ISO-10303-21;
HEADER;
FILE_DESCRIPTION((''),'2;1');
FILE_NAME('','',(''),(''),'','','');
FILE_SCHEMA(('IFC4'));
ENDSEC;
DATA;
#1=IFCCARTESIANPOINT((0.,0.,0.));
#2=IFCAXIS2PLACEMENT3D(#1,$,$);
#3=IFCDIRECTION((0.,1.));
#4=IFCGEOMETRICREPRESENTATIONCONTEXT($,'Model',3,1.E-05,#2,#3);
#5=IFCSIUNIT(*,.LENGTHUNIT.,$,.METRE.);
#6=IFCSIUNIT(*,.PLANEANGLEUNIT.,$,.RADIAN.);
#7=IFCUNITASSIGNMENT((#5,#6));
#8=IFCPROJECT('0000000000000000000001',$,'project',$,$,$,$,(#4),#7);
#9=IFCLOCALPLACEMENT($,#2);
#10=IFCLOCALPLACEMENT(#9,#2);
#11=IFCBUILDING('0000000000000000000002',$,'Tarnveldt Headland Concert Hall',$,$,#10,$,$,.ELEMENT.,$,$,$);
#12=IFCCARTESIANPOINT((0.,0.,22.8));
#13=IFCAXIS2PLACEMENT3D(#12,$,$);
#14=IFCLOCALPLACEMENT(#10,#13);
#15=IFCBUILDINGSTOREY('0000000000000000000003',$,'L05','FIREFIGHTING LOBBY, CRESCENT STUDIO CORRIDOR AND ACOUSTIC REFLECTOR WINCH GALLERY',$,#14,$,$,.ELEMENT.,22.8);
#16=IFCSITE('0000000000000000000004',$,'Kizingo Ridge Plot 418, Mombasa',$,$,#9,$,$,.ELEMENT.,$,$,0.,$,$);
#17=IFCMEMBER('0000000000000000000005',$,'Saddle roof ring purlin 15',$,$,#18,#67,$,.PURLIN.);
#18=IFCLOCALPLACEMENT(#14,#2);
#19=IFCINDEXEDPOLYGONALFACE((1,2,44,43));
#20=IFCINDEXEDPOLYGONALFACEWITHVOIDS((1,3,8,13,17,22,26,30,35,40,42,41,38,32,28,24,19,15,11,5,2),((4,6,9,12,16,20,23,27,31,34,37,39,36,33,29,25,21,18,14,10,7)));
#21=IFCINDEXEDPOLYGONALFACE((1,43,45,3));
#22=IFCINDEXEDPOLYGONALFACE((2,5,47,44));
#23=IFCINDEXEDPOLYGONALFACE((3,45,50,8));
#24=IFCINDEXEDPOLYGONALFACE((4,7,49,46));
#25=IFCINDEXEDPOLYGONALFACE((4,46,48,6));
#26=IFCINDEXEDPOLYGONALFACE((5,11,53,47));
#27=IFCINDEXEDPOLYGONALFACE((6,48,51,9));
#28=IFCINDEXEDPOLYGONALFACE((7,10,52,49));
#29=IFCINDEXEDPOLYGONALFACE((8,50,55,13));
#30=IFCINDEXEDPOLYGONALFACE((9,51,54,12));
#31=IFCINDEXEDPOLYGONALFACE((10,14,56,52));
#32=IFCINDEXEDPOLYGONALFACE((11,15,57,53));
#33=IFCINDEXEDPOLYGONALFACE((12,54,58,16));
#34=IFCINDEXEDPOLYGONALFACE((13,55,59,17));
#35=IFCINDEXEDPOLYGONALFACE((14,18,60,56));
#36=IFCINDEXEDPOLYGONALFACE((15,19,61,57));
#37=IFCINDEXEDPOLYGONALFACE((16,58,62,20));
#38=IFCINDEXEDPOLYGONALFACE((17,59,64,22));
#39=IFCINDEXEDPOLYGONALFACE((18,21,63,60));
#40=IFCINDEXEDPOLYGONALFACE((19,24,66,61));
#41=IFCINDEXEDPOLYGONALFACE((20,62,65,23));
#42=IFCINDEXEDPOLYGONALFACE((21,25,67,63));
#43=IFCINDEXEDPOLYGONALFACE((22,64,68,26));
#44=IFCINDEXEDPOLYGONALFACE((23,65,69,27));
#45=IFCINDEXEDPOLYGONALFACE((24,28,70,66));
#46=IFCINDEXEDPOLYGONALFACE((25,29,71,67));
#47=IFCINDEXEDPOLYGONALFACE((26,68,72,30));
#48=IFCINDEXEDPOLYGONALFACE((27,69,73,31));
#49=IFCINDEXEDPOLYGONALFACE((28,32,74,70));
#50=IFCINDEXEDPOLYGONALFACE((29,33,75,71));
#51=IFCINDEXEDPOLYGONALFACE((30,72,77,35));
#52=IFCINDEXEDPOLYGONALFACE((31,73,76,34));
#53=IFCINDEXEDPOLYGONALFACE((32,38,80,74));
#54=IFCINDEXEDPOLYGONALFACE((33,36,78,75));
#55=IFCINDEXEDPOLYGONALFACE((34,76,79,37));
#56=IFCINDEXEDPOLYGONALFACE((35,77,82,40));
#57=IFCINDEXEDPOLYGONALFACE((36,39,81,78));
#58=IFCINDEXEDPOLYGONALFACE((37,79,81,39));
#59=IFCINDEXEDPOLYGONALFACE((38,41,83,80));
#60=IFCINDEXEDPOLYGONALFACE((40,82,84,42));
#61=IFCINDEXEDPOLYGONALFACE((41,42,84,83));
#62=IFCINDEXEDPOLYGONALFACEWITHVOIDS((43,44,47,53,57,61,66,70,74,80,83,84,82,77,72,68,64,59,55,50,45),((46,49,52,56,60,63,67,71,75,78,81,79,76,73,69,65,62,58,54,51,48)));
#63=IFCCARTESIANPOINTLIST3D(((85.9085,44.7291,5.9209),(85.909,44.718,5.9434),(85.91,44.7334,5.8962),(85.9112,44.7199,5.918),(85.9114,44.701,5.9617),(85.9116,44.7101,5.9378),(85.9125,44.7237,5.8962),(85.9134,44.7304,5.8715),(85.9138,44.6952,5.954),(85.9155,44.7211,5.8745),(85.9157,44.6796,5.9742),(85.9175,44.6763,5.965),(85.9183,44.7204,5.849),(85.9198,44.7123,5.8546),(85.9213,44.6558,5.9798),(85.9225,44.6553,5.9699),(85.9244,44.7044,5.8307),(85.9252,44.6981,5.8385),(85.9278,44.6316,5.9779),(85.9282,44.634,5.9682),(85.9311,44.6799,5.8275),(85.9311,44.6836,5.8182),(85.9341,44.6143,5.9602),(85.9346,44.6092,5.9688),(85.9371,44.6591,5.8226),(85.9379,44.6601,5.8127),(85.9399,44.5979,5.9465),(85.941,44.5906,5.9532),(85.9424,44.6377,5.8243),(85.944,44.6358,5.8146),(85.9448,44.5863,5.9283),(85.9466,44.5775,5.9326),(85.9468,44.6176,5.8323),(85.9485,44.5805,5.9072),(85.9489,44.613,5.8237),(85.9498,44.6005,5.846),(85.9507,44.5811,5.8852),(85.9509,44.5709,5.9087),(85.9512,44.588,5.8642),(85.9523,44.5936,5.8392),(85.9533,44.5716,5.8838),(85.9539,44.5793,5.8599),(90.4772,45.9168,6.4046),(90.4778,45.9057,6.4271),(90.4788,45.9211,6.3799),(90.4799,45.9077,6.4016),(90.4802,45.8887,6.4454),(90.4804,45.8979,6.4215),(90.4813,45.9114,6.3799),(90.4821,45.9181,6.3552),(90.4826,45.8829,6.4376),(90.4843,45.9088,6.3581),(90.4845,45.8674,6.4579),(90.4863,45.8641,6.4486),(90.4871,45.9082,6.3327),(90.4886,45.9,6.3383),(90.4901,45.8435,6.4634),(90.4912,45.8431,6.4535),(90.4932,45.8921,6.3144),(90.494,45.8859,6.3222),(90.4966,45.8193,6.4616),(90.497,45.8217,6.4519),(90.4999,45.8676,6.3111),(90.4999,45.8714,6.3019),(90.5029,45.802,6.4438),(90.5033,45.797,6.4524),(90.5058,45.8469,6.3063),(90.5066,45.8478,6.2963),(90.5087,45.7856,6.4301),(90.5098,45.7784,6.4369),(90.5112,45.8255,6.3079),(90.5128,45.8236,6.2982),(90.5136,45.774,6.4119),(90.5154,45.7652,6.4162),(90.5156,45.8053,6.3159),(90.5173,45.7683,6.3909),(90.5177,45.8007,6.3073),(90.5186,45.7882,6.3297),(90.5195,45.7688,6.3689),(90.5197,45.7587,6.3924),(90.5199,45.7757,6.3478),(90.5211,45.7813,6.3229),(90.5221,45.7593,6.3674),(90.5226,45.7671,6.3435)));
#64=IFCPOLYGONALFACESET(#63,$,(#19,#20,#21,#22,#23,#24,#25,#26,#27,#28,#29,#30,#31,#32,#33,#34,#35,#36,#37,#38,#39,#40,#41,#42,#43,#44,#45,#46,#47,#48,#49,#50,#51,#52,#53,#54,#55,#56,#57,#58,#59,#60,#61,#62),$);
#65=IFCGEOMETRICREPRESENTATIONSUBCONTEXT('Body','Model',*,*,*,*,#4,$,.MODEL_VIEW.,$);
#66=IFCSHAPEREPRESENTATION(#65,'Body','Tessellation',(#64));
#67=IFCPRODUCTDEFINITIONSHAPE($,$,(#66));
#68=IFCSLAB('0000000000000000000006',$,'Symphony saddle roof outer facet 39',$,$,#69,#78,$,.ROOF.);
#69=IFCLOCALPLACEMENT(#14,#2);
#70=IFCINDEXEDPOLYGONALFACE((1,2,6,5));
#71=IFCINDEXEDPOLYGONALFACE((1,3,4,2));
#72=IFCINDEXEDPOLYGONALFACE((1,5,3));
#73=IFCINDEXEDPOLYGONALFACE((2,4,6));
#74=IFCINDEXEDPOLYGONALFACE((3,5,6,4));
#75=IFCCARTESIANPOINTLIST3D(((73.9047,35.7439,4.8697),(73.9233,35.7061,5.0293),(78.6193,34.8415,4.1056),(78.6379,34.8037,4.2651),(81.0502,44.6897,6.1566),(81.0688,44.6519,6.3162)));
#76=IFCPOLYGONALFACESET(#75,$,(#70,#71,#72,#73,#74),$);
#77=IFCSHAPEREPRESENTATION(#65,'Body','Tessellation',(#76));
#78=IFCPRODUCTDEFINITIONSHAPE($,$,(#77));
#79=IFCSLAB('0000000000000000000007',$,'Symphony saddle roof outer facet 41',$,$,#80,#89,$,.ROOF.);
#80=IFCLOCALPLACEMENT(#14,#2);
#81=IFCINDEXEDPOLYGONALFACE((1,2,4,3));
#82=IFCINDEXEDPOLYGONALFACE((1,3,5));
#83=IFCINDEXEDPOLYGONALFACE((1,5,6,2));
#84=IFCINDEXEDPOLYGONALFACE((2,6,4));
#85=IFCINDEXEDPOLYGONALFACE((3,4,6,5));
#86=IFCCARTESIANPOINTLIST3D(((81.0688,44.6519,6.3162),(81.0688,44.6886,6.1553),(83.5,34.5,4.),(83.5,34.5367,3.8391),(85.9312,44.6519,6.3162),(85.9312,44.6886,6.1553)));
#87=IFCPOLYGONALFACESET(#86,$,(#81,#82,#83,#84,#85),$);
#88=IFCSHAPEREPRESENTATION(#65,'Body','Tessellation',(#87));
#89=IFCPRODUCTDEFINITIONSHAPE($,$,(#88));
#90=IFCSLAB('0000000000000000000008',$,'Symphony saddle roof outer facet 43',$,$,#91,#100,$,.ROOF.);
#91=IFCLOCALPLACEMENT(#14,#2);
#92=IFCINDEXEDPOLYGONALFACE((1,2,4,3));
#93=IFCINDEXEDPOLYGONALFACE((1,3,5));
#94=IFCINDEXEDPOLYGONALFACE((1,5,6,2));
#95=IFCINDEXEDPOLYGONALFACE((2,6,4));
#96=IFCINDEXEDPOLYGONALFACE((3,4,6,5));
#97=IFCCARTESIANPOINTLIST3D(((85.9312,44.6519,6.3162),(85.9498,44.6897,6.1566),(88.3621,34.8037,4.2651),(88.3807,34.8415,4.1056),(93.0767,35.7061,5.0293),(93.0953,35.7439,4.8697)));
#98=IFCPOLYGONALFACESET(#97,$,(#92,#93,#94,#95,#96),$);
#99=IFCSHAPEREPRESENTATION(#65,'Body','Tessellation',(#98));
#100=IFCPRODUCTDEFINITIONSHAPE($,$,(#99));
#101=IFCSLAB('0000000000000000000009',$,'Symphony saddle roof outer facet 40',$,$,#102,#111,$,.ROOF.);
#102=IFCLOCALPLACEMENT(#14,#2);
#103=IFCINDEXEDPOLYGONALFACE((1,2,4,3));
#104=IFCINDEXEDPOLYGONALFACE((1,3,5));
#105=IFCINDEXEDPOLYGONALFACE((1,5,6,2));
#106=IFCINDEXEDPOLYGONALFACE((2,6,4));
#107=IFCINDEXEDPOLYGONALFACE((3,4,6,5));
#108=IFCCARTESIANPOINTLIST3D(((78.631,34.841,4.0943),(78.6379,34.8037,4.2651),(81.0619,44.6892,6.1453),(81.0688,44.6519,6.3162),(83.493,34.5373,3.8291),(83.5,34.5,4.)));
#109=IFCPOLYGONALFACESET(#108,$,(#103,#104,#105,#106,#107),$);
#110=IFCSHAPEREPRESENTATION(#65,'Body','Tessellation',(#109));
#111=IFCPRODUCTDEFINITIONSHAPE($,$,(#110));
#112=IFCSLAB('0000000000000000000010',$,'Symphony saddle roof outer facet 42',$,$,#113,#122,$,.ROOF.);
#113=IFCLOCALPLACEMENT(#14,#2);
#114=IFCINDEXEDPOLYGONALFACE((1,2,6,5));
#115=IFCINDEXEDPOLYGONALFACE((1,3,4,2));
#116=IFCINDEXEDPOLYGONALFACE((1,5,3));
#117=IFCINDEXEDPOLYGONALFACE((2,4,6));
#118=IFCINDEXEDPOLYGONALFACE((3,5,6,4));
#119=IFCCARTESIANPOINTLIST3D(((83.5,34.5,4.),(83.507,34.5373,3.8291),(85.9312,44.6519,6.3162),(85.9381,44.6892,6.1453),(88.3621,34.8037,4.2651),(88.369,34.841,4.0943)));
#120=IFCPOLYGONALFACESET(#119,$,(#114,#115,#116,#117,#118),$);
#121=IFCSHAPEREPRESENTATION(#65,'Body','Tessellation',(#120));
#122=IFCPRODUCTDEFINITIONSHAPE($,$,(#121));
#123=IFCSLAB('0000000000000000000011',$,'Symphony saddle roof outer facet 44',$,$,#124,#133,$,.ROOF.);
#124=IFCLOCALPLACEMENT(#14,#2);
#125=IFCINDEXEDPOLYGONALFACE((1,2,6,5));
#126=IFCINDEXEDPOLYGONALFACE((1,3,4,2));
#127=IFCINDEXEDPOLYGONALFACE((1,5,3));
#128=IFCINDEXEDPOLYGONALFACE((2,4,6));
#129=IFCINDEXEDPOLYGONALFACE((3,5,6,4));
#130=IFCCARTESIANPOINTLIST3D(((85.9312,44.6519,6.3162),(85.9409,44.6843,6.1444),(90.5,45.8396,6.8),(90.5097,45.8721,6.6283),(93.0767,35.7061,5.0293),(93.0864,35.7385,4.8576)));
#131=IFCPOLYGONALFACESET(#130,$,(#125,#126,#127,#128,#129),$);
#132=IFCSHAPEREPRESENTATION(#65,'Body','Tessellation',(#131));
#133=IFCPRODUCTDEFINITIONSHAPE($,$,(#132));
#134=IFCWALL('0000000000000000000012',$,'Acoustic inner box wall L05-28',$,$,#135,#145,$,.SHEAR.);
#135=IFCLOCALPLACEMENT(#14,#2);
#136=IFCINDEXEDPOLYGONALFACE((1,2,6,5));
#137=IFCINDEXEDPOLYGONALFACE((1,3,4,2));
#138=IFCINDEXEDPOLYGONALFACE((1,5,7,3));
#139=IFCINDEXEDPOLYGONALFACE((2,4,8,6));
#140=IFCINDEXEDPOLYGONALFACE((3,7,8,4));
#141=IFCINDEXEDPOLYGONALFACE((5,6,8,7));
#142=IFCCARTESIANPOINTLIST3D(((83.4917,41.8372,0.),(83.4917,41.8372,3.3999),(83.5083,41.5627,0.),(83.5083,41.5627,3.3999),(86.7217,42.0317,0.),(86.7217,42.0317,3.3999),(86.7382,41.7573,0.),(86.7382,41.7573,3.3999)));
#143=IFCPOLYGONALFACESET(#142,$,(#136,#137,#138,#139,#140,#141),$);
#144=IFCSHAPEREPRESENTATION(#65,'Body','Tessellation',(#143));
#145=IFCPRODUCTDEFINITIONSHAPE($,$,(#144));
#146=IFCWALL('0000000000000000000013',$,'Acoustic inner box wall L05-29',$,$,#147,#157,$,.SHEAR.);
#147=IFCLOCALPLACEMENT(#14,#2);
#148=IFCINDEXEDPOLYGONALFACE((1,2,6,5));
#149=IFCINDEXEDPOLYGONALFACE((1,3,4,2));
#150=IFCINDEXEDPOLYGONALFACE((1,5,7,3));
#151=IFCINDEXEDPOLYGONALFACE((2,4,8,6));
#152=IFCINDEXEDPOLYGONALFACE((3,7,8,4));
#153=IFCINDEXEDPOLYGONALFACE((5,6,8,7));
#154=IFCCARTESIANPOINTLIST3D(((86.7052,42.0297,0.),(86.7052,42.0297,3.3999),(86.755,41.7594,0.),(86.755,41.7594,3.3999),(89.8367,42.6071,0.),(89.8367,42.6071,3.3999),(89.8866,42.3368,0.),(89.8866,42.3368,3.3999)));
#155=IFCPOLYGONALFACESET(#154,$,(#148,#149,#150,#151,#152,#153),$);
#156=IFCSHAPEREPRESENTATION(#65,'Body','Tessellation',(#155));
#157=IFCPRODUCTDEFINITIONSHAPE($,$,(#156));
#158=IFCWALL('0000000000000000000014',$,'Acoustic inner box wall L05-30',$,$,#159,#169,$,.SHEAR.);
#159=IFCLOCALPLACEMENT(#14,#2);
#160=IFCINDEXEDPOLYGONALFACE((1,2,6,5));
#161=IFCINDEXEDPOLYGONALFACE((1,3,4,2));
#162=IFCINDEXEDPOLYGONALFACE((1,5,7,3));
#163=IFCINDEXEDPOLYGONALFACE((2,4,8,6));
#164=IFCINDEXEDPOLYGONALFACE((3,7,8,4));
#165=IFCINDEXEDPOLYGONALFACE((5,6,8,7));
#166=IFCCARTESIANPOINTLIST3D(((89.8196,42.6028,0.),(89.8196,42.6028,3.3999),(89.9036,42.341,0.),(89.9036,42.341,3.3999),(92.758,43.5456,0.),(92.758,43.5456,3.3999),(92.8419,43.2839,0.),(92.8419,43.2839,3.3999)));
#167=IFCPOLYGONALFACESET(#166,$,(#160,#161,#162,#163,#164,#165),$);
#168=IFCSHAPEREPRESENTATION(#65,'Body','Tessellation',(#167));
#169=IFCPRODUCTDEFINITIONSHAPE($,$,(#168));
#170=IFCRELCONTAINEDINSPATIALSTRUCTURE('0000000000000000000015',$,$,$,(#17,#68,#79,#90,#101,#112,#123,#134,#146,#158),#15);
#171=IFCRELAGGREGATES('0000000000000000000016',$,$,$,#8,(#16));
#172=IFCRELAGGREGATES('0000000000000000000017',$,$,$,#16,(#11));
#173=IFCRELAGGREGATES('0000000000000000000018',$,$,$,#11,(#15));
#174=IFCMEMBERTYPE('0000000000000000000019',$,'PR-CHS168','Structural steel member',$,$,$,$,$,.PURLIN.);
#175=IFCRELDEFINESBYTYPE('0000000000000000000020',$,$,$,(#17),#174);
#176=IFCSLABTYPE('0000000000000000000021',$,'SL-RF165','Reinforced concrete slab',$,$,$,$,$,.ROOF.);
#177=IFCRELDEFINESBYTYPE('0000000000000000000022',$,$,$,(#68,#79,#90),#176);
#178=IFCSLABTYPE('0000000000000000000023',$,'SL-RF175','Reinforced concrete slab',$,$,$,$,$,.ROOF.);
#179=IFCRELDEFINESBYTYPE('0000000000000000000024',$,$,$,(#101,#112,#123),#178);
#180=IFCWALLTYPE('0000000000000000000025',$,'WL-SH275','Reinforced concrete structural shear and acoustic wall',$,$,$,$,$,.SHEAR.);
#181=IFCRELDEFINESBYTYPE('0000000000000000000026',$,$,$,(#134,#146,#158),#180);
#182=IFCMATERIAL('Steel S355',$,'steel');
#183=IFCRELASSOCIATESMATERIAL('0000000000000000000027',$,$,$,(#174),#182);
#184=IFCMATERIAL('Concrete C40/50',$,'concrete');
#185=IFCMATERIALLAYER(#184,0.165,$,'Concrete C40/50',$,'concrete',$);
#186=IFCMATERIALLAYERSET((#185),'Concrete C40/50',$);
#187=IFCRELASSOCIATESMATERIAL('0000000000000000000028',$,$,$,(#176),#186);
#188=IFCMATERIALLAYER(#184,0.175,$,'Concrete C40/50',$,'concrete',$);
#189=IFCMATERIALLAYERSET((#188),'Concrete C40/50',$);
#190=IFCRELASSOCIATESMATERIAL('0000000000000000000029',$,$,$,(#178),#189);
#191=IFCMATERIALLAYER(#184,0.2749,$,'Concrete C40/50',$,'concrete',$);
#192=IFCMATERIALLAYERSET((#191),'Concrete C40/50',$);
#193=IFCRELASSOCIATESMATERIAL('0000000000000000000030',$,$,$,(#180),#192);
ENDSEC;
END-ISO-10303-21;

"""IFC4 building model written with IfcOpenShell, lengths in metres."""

from ifc_helpers import new_model, si_unit, direction, frame, frame_2d, origin, origin_2d, place, context, subcontext, project, spatial, polyline, rectangle, hollow_circle, outline, extrude, material, layer, layer_set, material_profile, profile_set, type_object, element, save


model = new_model("IFC4")

# Units and contexts
model_context = context("Model", 3, precision=1e-05, world=origin(), true_north=direction((0.0, 1.0)))
body_context = subcontext(model_context, "Body", "Model", "MODEL_VIEW")
ifc_project = project(units=[si_unit("LENGTHUNIT", "METRE"), si_unit("PLANEANGLEUNIT", "RADIAN")], contexts=[model_context])

# Site, building, storey
site_placement = place(None, origin())
site = spatial("IfcSite", under=ifc_project, at=site_placement, Name="Kizingo Ridge Plot 418, Mombasa", CompositionType="ELEMENT", RefElevation=0.0)
building_placement = place(site_placement, origin())
building = spatial("IfcBuilding", under=site, at=building_placement, Name="Tarnveldt Headland Concert Hall", CompositionType="ELEMENT")
storey_placement = place(building_placement, frame((0.0, 0.0, 22.8)))
storey = spatial("IfcBuildingStorey", under=building, at=storey_placement, Name="L05", Description="FIREFIGHTING LOBBY, CRESCENT STUDIO CORRIDOR AND ACOUSTIC REFLECTOR WINCH GALLERY", CompositionType="ELEMENT", Elevation=22.8)

# Shared definitions
ifc_material_1 = material(Name="Concrete C40/50", Category="concrete")

# Member
ifc_material_2 = material(Name="Steel S355", Category="steel")
ifc_material_profile_1 = material_profile(ifc_material_2, hollow_circle(Radius=0.0842, WallThickness=0.01, at=origin_2d()), Name="CHS 168.3x10", Category="steel")
ifc_profile_set_1 = profile_set([ifc_material_profile_1], Name="Steel S355")
member_type_1 = type_object("IfcMemberType", Name="PR-CHS168", Description="Structural steel member", PredefinedType="PURLIN", material=ifc_profile_set_1)
member_1_placement = place(storey_placement, frame((85.9312, 44.6519, 5.8962), z_axis=(0.962791, 0.250293, 0.101918), x_axis=(-0.251603, 0.967831, 0.0)))
element("IfcMember", 1, at=member_1_placement, inside=storey, type_object=member_type_1, Name="Saddle roof ring purlin 15", PredefinedType="PURLIN", context=body_context, shape_type="SweptSolid", body=[
    extrude(hollow_circle(Radius=0.0842, WallThickness=0.01, at=origin_2d()), origin(), (0.0, 0.0, 1.0), 4.7454),
])

# Slabs
ifc_layer_1 = layer(ifc_material_1, 0.165, Name="Concrete C40/50", Category="concrete")
ifc_layer_set_1 = layer_set([ifc_layer_1], Name="Concrete C40/50")
slab_type_1 = type_object("IfcSlabType", Name="SL-RF165", Description="Reinforced concrete slab", PredefinedType="ROOF", material=ifc_layer_set_1)
slab_1_placement = place(storey_placement, frame((81.0688, 44.6519, 6.3162), z_axis=(0.112836, -0.229206, 0.966816), x_axis=(-0.620197, -0.776454, -0.111694)))
element("IfcSlab", 2, at=slab_1_placement, inside=storey, type_object=slab_type_1, Name="Symphony saddle roof outer facet 39", PredefinedType="ROOF", context=body_context, shape_type="SweptSolid", body=[
    extrude(outline(polyline([(0.0, 0.0), (11.5214, 0.0), (9.3834, 4.3652), (0.0, 0.0)])), origin(), (0.0, 0.0, -1.0), 0.165),
])
slab_2_placement = place(storey_placement, frame((81.0688, 44.6519, 6.3162), z_axis=(0.0, -0.222436, 0.974947), x_axis=(0.227364, -0.949413, -0.21661)))
element("IfcSlab", 3, at=slab_2_placement, inside=storey, type_object=slab_type_1, Name="Symphony saddle roof outer facet 41", PredefinedType="ROOF", context=body_context, shape_type="SweptSolid", body=[
    extrude(outline(polyline([(0.0, 0.0), (10.6928, 0.0), (1.1055, 4.735), (0.0, 0.0)])), origin(), (0.0, 0.0, -1.0), 0.165),
])
slab_3_placement = place(storey_placement, frame((85.9312, 44.6519, 6.3162), z_axis=(-0.112836, -0.229206, 0.966816), x_axis=(0.234893, -0.951603, -0.198186)))
element("IfcSlab", 4, at=slab_3_placement, inside=storey, type_object=slab_type_1, Name="Symphony saddle roof outer facet 43", PredefinedType="ROOF", context=body_context, shape_type="SweptSolid", body=[
    extrude(outline(polyline([(0.0, 0.0), (10.349, 0.0), (10.4463, 4.8596), (0.0, 0.0)])), origin(), (0.0, 0.0, -1.0), 0.165),
])
ifc_layer_2 = layer(ifc_material_1, 0.175, Name="Concrete C40/50", Category="concrete")
ifc_layer_set_2 = layer_set([ifc_layer_2], Name="Concrete C40/50")
slab_type_2 = type_object("IfcSlabType", Name="SL-RF175", Description="Reinforced concrete slab", PredefinedType="ROOF", material=ifc_layer_set_2)
slab_4_placement = place(storey_placement, frame((81.0688, 44.6519, 6.3162), z_axis=(0.039919, -0.213162, 0.976201), x_axis=(-0.234893, -0.951603, -0.198186)))
element("IfcSlab", 5, at=slab_4_placement, inside=storey, type_object=slab_type_2, Name="Symphony saddle roof outer facet 40", PredefinedType="ROOF", context=body_context, shape_type="SweptSolid", body=[
    extrude(outline(polyline([(0.0, 0.0), (10.349, 0.0), (9.5485, 4.8126), (0.0, 0.0)])), origin(), (0.0, 0.0, -1.0), 0.175),
])
slab_5_placement = place(storey_placement, frame((85.9312, 44.6519, 6.3162), z_axis=(-0.039919, -0.213162, 0.976201), x_axis=(-0.227364, -0.949413, -0.21661)))
element("IfcSlab", 6, at=slab_5_placement, inside=storey, type_object=slab_type_2, Name="Symphony saddle roof outer facet 42", PredefinedType="ROOF", context=body_context, shape_type="SweptSolid", body=[
    extrude(outline(polyline([(0.0, 0.0), (10.6928, 0.0), (9.2415, 4.6579), (0.0, 0.0)])), origin(), (0.0, 0.0, -1.0), 0.175),
])
slab_6_placement = place(storey_placement, frame((85.9312, 44.6519, 6.3162), z_axis=(-0.055658, -0.185583, 0.981051), x_axis=(0.620197, -0.776454, -0.111694)))
element("IfcSlab", 7, at=slab_6_placement, inside=storey, type_object=slab_type_2, Name="Symphony saddle roof outer facet 44", PredefinedType="ROOF", context=body_context, shape_type="SweptSolid", body=[
    extrude(outline(polyline([(0.0, 0.0), (11.5214, 0.0), (1.8573, 4.3669), (0.0, 0.0)])), origin(), (0.0, 0.0, -1.0), 0.175),
])

# Walls
ifc_layer_3 = layer(ifc_material_1, 0.2749, Name="Concrete C40/50", Category="concrete")
ifc_layer_set_3 = layer_set([ifc_layer_3], Name="Concrete C40/50")
wall_type = type_object("IfcWallType", Name="WL-SH275", Description="Reinforced concrete structural shear and acoustic wall", PredefinedType="SHEAR", material=ifc_layer_set_3)
wall_1_placement = place(storey_placement, frame((83.5, 41.7, 0.0), z_axis=(0.0, 0.0, 1.0), x_axis=(0.99819, 0.060133, 0.0)))
element("IfcWall", 8, at=wall_1_placement, inside=storey, type_object=wall_type, Name="Acoustic inner box wall L05-28", PredefinedType="SHEAR", context=body_context, shape_type="SweptSolid", body=[
    extrude(rectangle(XDim=3.2358, YDim=0.2749, at=frame_2d((1.6179, 0.0))), origin(), (0.0, 0.0, 1.0), 3.3999),
])
wall_2_placement = place(storey_placement, frame((86.73, 41.8945, 0.0), z_axis=(0.0, 0.0, 1.0), x_axis=(0.983424, 0.18132, 0.0)))
element("IfcWall", 9, at=wall_2_placement, inside=storey, type_object=wall_type, Name="Acoustic inner box wall L05-29", PredefinedType="SHEAR", context=body_context, shape_type="SweptSolid", body=[
    extrude(rectangle(XDim=3.1843, YDim=0.2749, at=frame_2d((1.5923, 0.0))), origin(), (0.0, 0.0, 1.0), 3.3999),
])
wall_3_placement = place(storey_placement, frame((89.8616, 42.4719, 0.0), z_axis=(0.0, 0.0, 1.0), x_axis=(0.952183, 0.305528, 0.0)))
element("IfcWall", 10, at=wall_3_placement, inside=storey, type_object=wall_type, Name="Acoustic inner box wall L05-30", PredefinedType="SHEAR", context=body_context, shape_type="SweptSolid", body=[
    extrude(rectangle(XDim=3.0859, YDim=0.2749, at=frame_2d((1.543, 0.0))), origin(), (0.0, 0.0, 1.0), 3.3999),
])

save(model, "model.ifc")
